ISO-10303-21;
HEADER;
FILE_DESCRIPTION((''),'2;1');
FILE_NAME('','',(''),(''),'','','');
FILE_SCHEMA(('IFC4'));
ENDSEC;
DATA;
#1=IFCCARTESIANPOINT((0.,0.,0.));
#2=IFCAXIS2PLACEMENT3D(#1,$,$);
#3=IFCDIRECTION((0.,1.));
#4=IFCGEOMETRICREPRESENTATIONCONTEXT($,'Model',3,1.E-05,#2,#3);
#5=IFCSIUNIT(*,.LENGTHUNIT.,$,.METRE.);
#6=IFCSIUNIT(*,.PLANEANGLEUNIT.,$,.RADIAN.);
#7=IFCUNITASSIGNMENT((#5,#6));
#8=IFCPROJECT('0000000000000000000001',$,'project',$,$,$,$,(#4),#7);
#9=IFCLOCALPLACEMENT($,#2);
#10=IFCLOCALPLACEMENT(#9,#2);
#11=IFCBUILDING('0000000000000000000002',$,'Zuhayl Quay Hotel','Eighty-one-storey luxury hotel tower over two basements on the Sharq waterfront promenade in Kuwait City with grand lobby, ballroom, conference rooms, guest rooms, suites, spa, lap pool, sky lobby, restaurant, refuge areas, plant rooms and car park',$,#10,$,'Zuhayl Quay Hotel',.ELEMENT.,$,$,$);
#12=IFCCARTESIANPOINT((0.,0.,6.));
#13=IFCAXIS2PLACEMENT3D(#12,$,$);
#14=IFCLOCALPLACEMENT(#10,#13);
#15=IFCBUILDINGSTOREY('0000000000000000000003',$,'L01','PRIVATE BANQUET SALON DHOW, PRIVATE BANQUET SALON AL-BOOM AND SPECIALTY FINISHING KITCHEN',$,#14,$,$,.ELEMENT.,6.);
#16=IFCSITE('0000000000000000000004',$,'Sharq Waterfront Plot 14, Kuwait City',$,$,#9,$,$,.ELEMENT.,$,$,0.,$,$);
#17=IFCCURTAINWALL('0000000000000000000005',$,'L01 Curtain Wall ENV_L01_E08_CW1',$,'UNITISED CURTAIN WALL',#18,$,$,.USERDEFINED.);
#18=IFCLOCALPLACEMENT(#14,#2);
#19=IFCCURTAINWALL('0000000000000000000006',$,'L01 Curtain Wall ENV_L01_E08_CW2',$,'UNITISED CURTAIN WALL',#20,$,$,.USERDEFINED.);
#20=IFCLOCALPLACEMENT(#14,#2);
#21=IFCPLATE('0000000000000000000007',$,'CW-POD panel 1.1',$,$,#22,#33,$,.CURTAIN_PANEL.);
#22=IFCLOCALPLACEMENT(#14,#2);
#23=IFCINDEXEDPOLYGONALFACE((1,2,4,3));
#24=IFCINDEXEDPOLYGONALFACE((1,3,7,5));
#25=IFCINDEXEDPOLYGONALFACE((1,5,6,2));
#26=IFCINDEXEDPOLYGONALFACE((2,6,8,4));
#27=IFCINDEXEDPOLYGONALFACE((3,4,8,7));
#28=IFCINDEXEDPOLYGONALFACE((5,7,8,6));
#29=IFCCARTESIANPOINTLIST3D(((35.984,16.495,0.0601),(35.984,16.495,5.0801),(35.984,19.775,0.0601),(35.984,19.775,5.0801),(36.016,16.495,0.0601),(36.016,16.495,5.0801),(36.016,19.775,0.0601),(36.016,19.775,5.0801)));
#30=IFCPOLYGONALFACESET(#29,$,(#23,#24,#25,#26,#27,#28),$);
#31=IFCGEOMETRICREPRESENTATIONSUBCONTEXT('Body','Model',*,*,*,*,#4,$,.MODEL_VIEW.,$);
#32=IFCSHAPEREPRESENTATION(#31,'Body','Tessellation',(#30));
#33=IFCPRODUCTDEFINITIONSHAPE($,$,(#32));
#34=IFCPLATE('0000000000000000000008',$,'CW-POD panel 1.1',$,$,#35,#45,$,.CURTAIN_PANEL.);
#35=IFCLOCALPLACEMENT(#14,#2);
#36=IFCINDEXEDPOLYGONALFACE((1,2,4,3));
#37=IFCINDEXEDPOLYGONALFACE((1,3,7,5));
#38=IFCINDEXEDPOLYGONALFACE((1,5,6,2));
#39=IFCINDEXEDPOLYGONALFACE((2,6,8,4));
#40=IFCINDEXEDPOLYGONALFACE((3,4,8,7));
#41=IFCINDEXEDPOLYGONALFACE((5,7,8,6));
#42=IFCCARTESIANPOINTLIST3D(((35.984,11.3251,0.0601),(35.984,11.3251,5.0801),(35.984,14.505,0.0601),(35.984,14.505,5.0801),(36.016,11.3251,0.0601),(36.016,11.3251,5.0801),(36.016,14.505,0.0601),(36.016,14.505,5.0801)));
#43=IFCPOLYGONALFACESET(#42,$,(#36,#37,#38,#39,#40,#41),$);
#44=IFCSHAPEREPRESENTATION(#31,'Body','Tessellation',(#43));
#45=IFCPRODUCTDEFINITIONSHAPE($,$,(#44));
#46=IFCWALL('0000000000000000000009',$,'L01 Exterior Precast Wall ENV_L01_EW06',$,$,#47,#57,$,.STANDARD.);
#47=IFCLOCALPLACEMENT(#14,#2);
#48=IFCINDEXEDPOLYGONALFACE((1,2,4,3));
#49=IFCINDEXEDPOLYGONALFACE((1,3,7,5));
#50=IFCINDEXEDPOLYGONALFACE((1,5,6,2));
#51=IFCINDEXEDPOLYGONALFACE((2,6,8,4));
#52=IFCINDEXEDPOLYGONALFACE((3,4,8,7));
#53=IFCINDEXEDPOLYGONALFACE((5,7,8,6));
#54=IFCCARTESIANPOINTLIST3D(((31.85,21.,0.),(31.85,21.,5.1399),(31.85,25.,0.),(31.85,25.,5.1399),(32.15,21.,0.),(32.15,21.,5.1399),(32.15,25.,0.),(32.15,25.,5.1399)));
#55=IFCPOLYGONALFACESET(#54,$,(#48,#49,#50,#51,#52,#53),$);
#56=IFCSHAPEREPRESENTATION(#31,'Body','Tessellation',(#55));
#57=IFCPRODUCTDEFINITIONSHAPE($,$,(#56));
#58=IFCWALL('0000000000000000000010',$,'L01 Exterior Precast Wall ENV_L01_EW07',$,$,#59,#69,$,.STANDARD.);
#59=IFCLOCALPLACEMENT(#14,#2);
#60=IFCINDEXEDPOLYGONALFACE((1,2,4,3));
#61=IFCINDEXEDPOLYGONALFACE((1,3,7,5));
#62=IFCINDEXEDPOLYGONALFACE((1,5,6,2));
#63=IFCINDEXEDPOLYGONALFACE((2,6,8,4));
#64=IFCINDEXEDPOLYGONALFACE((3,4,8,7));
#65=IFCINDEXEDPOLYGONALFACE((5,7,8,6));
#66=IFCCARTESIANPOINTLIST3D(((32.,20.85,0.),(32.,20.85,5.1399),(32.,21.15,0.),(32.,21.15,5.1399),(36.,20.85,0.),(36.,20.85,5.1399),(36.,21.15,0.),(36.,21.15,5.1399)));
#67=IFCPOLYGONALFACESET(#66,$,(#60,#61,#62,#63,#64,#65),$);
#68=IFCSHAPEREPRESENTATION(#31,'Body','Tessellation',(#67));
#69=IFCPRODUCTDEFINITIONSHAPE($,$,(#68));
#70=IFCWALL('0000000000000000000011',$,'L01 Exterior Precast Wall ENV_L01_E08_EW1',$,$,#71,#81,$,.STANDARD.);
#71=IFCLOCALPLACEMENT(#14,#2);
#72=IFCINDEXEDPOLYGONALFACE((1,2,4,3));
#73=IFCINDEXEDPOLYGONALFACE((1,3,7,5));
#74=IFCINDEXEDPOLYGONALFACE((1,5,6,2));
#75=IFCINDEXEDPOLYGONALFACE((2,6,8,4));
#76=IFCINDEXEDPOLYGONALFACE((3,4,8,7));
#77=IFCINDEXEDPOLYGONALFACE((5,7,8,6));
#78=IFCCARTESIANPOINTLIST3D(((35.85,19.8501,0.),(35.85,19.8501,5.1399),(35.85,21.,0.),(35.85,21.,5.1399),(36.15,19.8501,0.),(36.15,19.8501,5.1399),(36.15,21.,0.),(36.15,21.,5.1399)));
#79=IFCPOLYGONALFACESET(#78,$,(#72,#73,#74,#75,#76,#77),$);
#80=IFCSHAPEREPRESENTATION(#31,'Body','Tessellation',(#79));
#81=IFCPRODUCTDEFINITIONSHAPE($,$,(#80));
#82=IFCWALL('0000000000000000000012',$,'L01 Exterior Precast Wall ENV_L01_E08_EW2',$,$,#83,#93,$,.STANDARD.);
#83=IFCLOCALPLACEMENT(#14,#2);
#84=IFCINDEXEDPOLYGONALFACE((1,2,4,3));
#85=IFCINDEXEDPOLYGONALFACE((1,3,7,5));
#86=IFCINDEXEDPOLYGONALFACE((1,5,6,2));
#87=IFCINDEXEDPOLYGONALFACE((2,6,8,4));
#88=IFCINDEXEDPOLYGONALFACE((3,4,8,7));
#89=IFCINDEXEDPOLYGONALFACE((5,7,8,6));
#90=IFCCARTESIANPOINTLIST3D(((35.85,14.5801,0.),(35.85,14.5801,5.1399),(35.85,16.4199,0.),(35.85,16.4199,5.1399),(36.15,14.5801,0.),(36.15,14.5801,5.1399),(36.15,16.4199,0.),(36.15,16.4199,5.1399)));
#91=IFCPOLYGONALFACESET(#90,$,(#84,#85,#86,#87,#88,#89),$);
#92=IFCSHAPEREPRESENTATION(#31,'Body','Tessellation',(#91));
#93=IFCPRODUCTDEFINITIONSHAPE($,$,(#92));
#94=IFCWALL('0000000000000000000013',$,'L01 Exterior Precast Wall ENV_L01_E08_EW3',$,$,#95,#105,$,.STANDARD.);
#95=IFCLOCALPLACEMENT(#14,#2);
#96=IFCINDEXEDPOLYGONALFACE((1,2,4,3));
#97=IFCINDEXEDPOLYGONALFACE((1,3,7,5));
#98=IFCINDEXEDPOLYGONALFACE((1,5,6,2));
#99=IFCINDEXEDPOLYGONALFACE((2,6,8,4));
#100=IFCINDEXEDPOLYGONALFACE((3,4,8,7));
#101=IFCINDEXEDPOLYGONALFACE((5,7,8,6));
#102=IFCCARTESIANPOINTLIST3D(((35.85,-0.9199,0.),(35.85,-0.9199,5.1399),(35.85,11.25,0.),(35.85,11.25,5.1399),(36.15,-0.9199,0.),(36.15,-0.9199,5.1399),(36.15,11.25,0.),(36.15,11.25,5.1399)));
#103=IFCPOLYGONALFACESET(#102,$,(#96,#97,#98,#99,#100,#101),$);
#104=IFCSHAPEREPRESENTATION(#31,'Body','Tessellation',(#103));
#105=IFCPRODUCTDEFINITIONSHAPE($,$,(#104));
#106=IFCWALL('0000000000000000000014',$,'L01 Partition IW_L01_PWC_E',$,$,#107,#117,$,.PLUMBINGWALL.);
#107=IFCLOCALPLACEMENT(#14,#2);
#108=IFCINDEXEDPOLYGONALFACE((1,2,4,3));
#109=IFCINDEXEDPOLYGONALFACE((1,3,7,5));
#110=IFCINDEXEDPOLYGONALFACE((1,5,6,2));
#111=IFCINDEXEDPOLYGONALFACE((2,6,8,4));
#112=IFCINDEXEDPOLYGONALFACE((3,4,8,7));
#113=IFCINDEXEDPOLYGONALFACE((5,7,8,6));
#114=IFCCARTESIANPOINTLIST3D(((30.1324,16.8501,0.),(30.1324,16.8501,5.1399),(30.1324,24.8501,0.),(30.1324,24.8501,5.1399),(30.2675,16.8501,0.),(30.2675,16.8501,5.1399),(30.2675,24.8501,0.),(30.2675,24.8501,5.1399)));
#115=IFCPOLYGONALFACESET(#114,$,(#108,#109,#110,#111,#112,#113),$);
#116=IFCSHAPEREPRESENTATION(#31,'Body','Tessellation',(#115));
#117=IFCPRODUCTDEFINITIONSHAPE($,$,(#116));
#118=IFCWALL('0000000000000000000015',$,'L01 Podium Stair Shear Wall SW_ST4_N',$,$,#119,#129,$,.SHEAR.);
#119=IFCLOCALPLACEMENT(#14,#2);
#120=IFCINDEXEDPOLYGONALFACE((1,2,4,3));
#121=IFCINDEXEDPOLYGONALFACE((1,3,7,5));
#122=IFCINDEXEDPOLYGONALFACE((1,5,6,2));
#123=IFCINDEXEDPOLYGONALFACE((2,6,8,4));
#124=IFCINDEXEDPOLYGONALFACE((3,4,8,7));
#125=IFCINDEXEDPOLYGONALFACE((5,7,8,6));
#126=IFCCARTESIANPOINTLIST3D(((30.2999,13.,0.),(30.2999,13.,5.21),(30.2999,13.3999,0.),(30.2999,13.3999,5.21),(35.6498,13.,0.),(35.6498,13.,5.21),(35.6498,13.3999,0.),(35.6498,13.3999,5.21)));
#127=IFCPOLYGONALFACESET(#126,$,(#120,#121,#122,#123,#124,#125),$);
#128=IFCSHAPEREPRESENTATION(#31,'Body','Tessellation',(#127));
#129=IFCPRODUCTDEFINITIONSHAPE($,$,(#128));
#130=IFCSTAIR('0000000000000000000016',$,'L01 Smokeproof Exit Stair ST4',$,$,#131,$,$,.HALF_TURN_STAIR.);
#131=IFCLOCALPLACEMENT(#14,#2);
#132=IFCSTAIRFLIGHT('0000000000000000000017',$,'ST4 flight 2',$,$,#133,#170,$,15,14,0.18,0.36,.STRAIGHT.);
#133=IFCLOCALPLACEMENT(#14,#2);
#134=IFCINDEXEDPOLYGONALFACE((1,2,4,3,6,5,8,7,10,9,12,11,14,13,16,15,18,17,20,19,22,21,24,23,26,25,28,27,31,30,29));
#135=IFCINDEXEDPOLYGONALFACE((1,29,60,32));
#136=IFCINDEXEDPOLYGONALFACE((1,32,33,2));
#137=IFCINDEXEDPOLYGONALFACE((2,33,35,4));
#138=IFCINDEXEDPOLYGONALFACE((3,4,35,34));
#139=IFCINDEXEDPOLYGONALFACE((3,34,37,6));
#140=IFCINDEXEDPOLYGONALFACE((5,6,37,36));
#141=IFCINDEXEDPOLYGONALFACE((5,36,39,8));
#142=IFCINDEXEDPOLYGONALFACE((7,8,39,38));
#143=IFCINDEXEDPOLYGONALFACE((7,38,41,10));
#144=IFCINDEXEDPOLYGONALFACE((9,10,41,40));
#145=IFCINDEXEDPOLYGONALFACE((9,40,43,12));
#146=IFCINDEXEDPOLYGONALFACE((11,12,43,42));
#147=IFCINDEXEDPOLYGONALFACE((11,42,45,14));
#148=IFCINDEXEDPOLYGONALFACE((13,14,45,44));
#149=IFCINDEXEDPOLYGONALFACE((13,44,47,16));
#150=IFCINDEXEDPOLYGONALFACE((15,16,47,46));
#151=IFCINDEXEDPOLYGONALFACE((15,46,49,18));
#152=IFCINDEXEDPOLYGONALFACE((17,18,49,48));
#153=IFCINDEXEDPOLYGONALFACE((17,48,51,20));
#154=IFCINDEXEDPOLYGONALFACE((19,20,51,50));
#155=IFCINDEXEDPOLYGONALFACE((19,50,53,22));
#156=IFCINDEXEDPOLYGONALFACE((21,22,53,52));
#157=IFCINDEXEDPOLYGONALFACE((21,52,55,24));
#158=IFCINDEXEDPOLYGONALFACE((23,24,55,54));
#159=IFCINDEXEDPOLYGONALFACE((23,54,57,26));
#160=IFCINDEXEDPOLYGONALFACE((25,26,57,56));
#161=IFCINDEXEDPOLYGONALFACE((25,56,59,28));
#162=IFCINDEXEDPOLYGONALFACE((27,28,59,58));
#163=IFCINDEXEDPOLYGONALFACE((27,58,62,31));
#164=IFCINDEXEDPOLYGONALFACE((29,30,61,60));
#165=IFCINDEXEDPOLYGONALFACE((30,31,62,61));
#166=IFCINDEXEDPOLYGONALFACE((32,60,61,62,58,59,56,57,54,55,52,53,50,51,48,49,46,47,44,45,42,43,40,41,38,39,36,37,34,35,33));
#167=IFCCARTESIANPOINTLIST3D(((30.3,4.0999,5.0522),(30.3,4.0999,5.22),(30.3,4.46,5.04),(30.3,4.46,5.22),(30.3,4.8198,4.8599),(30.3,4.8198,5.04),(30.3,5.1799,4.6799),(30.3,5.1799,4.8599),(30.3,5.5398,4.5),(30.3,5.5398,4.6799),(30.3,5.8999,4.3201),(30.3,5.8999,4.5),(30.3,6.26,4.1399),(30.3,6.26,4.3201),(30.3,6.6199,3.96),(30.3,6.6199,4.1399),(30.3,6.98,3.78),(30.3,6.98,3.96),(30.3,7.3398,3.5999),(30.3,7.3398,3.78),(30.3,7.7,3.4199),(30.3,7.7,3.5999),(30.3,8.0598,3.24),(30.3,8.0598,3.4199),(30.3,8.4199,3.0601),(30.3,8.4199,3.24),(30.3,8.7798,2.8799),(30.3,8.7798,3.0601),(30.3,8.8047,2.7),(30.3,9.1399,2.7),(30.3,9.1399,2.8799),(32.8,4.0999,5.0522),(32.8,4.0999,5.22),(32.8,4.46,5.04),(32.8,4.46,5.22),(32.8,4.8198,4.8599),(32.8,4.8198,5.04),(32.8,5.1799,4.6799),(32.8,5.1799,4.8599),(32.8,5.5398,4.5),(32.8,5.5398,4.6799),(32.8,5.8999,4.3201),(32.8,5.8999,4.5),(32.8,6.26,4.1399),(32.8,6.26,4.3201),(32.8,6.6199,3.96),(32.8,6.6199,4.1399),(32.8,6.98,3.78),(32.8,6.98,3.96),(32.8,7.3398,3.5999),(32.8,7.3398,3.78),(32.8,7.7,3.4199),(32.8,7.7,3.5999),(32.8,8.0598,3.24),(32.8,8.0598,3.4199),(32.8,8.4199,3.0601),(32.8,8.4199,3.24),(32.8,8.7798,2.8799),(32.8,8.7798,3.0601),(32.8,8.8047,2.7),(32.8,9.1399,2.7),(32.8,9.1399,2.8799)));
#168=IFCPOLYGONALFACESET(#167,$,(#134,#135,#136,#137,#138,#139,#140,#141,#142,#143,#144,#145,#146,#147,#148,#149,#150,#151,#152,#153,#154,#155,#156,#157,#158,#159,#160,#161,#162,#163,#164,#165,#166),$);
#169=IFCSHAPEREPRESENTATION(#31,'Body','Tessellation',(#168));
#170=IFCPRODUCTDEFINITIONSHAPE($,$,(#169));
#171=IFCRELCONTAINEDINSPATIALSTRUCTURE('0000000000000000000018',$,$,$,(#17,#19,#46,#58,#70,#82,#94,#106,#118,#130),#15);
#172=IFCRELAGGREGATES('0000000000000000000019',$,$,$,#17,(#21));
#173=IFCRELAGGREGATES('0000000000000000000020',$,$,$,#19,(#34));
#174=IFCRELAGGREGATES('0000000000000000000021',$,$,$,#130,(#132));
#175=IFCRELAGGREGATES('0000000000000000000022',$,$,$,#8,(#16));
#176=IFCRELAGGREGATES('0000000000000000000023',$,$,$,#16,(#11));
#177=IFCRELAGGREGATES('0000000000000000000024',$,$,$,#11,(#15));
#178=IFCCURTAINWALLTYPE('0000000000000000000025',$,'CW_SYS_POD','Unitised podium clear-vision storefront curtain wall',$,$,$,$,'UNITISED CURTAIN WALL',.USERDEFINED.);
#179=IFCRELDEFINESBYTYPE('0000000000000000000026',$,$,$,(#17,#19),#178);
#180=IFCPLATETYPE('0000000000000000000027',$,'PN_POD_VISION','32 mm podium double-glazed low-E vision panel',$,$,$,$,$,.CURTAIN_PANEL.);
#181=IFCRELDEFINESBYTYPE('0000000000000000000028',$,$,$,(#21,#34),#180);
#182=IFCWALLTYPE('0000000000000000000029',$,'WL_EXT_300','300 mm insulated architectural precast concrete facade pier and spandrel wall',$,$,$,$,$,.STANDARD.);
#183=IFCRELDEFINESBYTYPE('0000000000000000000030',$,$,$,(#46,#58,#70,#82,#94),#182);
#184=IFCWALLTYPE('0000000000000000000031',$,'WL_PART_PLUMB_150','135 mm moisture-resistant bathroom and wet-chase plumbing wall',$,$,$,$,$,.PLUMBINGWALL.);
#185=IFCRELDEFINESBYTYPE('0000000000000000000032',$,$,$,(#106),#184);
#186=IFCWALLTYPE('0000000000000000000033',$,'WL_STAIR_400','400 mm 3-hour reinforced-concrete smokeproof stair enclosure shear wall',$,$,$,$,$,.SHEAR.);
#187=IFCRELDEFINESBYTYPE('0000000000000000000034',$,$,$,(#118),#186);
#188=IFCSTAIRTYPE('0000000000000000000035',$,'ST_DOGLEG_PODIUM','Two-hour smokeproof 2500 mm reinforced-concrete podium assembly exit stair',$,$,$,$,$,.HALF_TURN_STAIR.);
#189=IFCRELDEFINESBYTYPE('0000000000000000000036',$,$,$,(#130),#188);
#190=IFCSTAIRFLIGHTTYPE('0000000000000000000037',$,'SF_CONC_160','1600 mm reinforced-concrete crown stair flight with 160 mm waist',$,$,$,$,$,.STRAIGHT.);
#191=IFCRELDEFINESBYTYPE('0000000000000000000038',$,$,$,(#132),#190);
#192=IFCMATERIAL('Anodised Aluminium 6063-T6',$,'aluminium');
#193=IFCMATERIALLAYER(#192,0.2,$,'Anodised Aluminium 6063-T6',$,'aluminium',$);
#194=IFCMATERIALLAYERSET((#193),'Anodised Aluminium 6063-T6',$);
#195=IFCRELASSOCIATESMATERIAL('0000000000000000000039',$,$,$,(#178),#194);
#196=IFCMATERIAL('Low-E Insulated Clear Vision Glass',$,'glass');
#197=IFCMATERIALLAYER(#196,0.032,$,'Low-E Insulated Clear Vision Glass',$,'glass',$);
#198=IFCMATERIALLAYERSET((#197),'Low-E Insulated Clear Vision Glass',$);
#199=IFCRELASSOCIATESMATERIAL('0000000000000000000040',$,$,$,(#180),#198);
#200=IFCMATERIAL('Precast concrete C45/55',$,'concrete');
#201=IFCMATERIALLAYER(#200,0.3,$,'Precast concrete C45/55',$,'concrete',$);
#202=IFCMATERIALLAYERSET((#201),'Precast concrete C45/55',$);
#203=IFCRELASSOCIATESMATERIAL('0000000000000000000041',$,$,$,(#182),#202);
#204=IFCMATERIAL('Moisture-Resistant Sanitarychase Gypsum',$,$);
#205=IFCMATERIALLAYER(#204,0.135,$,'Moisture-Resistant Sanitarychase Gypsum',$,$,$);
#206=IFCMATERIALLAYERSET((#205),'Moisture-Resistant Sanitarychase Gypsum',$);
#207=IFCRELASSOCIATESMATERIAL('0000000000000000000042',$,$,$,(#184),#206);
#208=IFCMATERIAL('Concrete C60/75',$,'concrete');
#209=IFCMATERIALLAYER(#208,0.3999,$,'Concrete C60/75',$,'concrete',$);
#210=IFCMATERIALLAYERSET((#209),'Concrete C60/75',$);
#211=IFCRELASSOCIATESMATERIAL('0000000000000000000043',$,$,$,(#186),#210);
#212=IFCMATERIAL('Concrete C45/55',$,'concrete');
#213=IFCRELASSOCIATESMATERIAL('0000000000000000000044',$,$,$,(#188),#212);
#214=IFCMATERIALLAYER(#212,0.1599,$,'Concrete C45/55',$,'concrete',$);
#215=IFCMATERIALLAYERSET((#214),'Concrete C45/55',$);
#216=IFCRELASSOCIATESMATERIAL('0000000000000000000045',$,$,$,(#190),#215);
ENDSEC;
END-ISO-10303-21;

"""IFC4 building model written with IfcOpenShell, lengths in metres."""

from ifc_helpers import new_model, si_unit, direction, frame, frame_2d, origin, origin_2d, place, context, subcontext, project, spatial, polyline, rectangle, outline, extrude, material, layer, layer_set, type_object, element, aggregate, save


model = new_model("IFC4")

# Units and contexts
model_context = context("Model", 3, precision=1e-05, world=origin(), true_north=direction((0.0, 1.0)))
body_context = subcontext(model_context, "Body", "Model", "MODEL_VIEW")
ifc_project = project(units=[si_unit("LENGTHUNIT", "METRE"), si_unit("PLANEANGLEUNIT", "RADIAN")], contexts=[model_context])

# Site, building, storey
site_placement = place(None, origin())
site = spatial("IfcSite", under=ifc_project, at=site_placement, Name="Sharq Waterfront Plot 14, Kuwait City", CompositionType="ELEMENT", RefElevation=0.0)
building_placement = place(site_placement, origin())
building = spatial("IfcBuilding", under=site, at=building_placement, Name="Zuhayl Quay Hotel", Description="Eighty-one-storey luxury hotel tower over two basements on the Sharq waterfront promenade in Kuwait City with grand lobby, ballroom, conference rooms, guest rooms, suites, spa, lap pool, sky lobby, restaurant, refuge areas, plant rooms and car park", LongName="Zuhayl Quay Hotel", CompositionType="ELEMENT")
storey_placement = place(building_placement, frame((0.0, 0.0, 6.0)))
storey = spatial("IfcBuildingStorey", under=building, at=storey_placement, Name="L01", Description="PRIVATE BANQUET SALON DHOW, PRIVATE BANQUET SALON AL-BOOM AND SPECIALTY FINISHING KITCHEN", CompositionType="ELEMENT", Elevation=6.0)

# Curtain walls
ifc_material_1 = material(Name="Anodised Aluminium 6063-T6", Category="aluminium")
ifc_layer_1 = layer(ifc_material_1, 0.2, Name="Anodised Aluminium 6063-T6", Category="aluminium")
ifc_layer_set_1 = layer_set([ifc_layer_1], Name="Anodised Aluminium 6063-T6")
curtain_wall_type = type_object("IfcCurtainWallType", Name="CW_SYS_POD", Description="Unitised podium clear-vision storefront curtain wall", ElementType="UNITISED CURTAIN WALL", PredefinedType="USERDEFINED", material=ifc_layer_set_1)
curtain_wall_1_placement = place(storey_placement, origin())
curtain_wall_1 = element("IfcCurtainWall", 1, at=curtain_wall_1_placement, inside=storey, type_object=curtain_wall_type, Name="L01 Curtain Wall ENV_L01_E08_CW1", ObjectType="UNITISED CURTAIN WALL", PredefinedType="USERDEFINED")
curtain_wall_2_placement = place(storey_placement, origin())
curtain_wall_2 = element("IfcCurtainWall", 2, at=curtain_wall_2_placement, inside=storey, type_object=curtain_wall_type, Name="L01 Curtain Wall ENV_L01_E08_CW2", ObjectType="UNITISED CURTAIN WALL", PredefinedType="USERDEFINED")

# Plates
ifc_material_2 = material(Name="Low-E Insulated Clear Vision Glass", Category="glass")
ifc_layer_2 = layer(ifc_material_2, 0.032, Name="Low-E Insulated Clear Vision Glass", Category="glass")
ifc_layer_set_2 = layer_set([ifc_layer_2], Name="Low-E Insulated Clear Vision Glass")
plate_type = type_object("IfcPlateType", Name="PN_POD_VISION", Description="32 mm podium double-glazed low-E vision panel", PredefinedType="CURTAIN_PANEL", material=ifc_layer_set_2)
plate_1_placement = place(storey_placement, frame((36.0, 18.135, 0.0601), z_axis=(0.0, 0.0, 1.0), x_axis=(0.0, -1.0, 0.0)))
plate_1 = element("IfcPlate", 3, at=plate_1_placement, type_object=plate_type, Name="CW-POD panel 1.1", PredefinedType="CURTAIN_PANEL", context=body_context, shape_type="SweptSolid", body=[
    extrude(rectangle(XDim=3.28, YDim=0.032, at=origin_2d()), origin(), (0.0, 0.0, 1.0), 5.02),
])
aggregate(curtain_wall_1, [plate_1])
plate_2_placement = place(storey_placement, frame((36.0, 12.915, 0.0601), z_axis=(0.0, 0.0, 1.0), x_axis=(0.0, -1.0, 0.0)))
plate_2 = element("IfcPlate", 4, at=plate_2_placement, type_object=plate_type, Name="CW-POD panel 1.1", PredefinedType="CURTAIN_PANEL", context=body_context, shape_type="SweptSolid", body=[
    extrude(rectangle(XDim=3.1799, YDim=0.032, at=origin_2d()), origin(), (0.0, 0.0, 1.0), 5.02),
])
aggregate(curtain_wall_2, [plate_2])

# Walls
ifc_material_3 = material(Name="Precast concrete C45/55", Category="concrete")
ifc_layer_3 = layer(ifc_material_3, 0.3, Name="Precast concrete C45/55", Category="concrete")
ifc_layer_set_3 = layer_set([ifc_layer_3], Name="Precast concrete C45/55")
wall_type_1 = type_object("IfcWallType", Name="WL_EXT_300", Description="300 mm insulated architectural precast concrete facade pier and spandrel wall", PredefinedType="STANDARD", material=ifc_layer_set_3)
for number, where, z_axis, x_axis, name in (
    (5, (32.0, 25.0, 0.0), (0.0, 0.0, 1.0), (0.0, -1.0, 0.0), "L01 Exterior Precast Wall ENV_L01_EW06"),
    (6, (32.0, 21.0, 0.0), (0.0, 0.0, 1.0), (1.0, 0.0, 0.0), "L01 Exterior Precast Wall ENV_L01_EW07"),
):
    element("IfcWall", number, at=place(storey_placement, frame(where, z_axis=z_axis, x_axis=x_axis)), inside=storey, type_object=wall_type_1, Name=name, PredefinedType="STANDARD", context=body_context, shape_type="SweptSolid", body=[
        extrude(rectangle(XDim=4.0, YDim=0.3, at=frame_2d((2.0, 0.0))), origin(), (0.0, 0.0, 1.0), 5.1399),
    ])
wall_1_placement = place(storey_placement, frame((36.0, 21.0, 0.0), z_axis=(0.0, 0.0, 1.0), x_axis=(0.0, -1.0, 0.0)))
element("IfcWall", 7, at=wall_1_placement, inside=storey, type_object=wall_type_1, Name="L01 Exterior Precast Wall ENV_L01_E08_EW1", PredefinedType="STANDARD", context=body_context, shape_type="SweptSolid", body=[
    extrude(rectangle(XDim=1.1499, YDim=0.3, at=frame_2d((0.575, 0.0))), origin(), (0.0, 0.0, 1.0), 5.1399),
])
wall_2_placement = place(storey_placement, frame((36.0, 16.4199, 0.0), z_axis=(0.0, 0.0, 1.0), x_axis=(0.0, -1.0, 0.0)))
element("IfcWall", 8, at=wall_2_placement, inside=storey, type_object=wall_type_1, Name="L01 Exterior Precast Wall ENV_L01_E08_EW2", PredefinedType="STANDARD", context=body_context, shape_type="SweptSolid", body=[
    extrude(rectangle(XDim=1.8398, YDim=0.3, at=frame_2d((0.9199, 0.0))), origin(), (0.0, 0.0, 1.0), 5.1399),
])
wall_3_placement = place(storey_placement, frame((36.0, 11.25, 0.0), z_axis=(0.0, 0.0, 1.0), x_axis=(0.0, -1.0, 0.0)))
element("IfcWall", 9, at=wall_3_placement, inside=storey, type_object=wall_type_1, Name="L01 Exterior Precast Wall ENV_L01_E08_EW3", PredefinedType="STANDARD", context=body_context, shape_type="SweptSolid", body=[
    extrude(rectangle(XDim=12.1699, YDim=0.3, at=frame_2d((6.085, 0.0))), origin(), (0.0, 0.0, 1.0), 5.1399),
])
ifc_material_4 = material(Name="Moisture-Resistant Sanitarychase Gypsum")
ifc_layer_4 = layer(ifc_material_4, 0.135, Name="Moisture-Resistant Sanitarychase Gypsum")
ifc_layer_set_4 = layer_set([ifc_layer_4], Name="Moisture-Resistant Sanitarychase Gypsum")
wall_type_2 = type_object("IfcWallType", Name="WL_PART_PLUMB_150", Description="135 mm moisture-resistant bathroom and wet-chase plumbing wall", PredefinedType="PLUMBINGWALL", material=ifc_layer_set_4)
wall_4_placement = place(storey_placement, frame((30.2, 16.8501, 0.0), z_axis=(0.0, 0.0, 1.0), x_axis=(0.0, 1.0, 0.0)))
element("IfcWall", 10, at=wall_4_placement, inside=storey, type_object=wall_type_2, Name="L01 Partition IW_L01_PWC_E", PredefinedType="PLUMBINGWALL", context=body_context, shape_type="SweptSolid", body=[
    extrude(rectangle(XDim=8.0, YDim=0.135, at=frame_2d((4.0, 0.0))), origin(), (0.0, 0.0, 1.0), 5.1399),
])
ifc_material_5 = material(Name="Concrete C60/75", Category="concrete")
ifc_layer_5 = layer(ifc_material_5, 0.3999, Name="Concrete C60/75", Category="concrete")
ifc_layer_set_5 = layer_set([ifc_layer_5], Name="Concrete C60/75")
wall_type_3 = type_object("IfcWallType", Name="WL_STAIR_400", Description="400 mm 3-hour reinforced-concrete smokeproof stair enclosure shear wall", PredefinedType="SHEAR", material=ifc_layer_set_5)
wall_5_placement = place(storey_placement, frame((30.3, 13.2, 0.0), z_axis=(0.0, 0.0, 1.0), x_axis=(1.0, 0.0, 0.0)))
element("IfcWall", 11, at=wall_5_placement, inside=storey, type_object=wall_type_3, Name="L01 Podium Stair Shear Wall SW_ST4_N", PredefinedType="SHEAR", context=body_context, shape_type="SweptSolid", body=[
    extrude(rectangle(XDim=5.3499, YDim=0.3999, at=frame_2d((2.6748, 0.0))), origin(), (0.0, 0.0, 1.0), 5.21),
])

# Stair, stair flight
ifc_material_6 = material(Name="Concrete C45/55", Category="concrete")
stair_type = type_object("IfcStairType", Name="ST_DOGLEG_PODIUM", Description="Two-hour smokeproof 2500 mm reinforced-concrete podium assembly exit stair", PredefinedType="HALF_TURN_STAIR", material=ifc_material_6)
stair_placement = place(storey_placement, origin())
stair = element("IfcStair", 12, at=stair_placement, inside=storey, type_object=stair_type, Name="L01 Smokeproof Exit Stair ST4", PredefinedType="HALF_TURN_STAIR")
ifc_layer_6 = layer(ifc_material_6, 0.1599, Name="Concrete C45/55", Category="concrete")
ifc_layer_set_6 = layer_set([ifc_layer_6], Name="Concrete C45/55")
stair_flight_type = type_object("IfcStairFlightType", Name="SF_CONC_160", Description="1600 mm reinforced-concrete crown stair flight with 160 mm waist", PredefinedType="STRAIGHT", material=ifc_layer_set_6)
stair_flight_placement = place(storey_placement, frame((31.55, 9.1399, 2.7), z_axis=(0.0, 0.0, 1.0), x_axis=(0.0, -1.0, 0.0)))
stair_flight = element("IfcStairFlight", 13, at=stair_flight_placement, type_object=stair_flight_type, Name="ST4 flight 2", NumberOfRisers=15, NumberOfTreads=14, PredefinedType="STRAIGHT", RiserHeight=0.18, TreadLength=0.36, context=body_context, shape_type="SweptSolid", body=[
    extrude(outline(polyline([(0.0, 0.0), (0.0, 0.1799), (0.3601, 0.1799), (0.3601, 0.3601), (0.72, 0.3601), (0.72, 0.54), (1.0801, 0.54), (1.0801, 0.72), (1.4399, 0.72), (1.4399, 0.8999), (1.8, 0.8999), (1.8, 1.0801), (2.1599, 1.0801), (2.1599, 1.26), (2.52, 1.26), (2.52, 1.4399), (2.8799, 1.4399), (2.8799, 1.6201), (3.24, 1.6201), (3.24, 1.8), (3.6001, 1.8), (3.6001, 1.98), (3.96, 1.98), (3.96, 2.1599), (4.3201, 2.1599), (4.3201, 2.3401), (4.6799, 2.3401), (4.6799, 2.52), (5.04, 2.52), (5.04, 2.7), (5.04, 2.3523), (0.3352, 0.0), (0.0, 0.0)])), frame((0.0, 1.25, 0.0), z_axis=(0.0, -1.0, 0.0), x_axis=(1.0, 0.0, 0.0)), (0.0, 0.0, 1.0), 2.5),
])
aggregate(stair, [stair_flight])

save(model, "model.ifc")
